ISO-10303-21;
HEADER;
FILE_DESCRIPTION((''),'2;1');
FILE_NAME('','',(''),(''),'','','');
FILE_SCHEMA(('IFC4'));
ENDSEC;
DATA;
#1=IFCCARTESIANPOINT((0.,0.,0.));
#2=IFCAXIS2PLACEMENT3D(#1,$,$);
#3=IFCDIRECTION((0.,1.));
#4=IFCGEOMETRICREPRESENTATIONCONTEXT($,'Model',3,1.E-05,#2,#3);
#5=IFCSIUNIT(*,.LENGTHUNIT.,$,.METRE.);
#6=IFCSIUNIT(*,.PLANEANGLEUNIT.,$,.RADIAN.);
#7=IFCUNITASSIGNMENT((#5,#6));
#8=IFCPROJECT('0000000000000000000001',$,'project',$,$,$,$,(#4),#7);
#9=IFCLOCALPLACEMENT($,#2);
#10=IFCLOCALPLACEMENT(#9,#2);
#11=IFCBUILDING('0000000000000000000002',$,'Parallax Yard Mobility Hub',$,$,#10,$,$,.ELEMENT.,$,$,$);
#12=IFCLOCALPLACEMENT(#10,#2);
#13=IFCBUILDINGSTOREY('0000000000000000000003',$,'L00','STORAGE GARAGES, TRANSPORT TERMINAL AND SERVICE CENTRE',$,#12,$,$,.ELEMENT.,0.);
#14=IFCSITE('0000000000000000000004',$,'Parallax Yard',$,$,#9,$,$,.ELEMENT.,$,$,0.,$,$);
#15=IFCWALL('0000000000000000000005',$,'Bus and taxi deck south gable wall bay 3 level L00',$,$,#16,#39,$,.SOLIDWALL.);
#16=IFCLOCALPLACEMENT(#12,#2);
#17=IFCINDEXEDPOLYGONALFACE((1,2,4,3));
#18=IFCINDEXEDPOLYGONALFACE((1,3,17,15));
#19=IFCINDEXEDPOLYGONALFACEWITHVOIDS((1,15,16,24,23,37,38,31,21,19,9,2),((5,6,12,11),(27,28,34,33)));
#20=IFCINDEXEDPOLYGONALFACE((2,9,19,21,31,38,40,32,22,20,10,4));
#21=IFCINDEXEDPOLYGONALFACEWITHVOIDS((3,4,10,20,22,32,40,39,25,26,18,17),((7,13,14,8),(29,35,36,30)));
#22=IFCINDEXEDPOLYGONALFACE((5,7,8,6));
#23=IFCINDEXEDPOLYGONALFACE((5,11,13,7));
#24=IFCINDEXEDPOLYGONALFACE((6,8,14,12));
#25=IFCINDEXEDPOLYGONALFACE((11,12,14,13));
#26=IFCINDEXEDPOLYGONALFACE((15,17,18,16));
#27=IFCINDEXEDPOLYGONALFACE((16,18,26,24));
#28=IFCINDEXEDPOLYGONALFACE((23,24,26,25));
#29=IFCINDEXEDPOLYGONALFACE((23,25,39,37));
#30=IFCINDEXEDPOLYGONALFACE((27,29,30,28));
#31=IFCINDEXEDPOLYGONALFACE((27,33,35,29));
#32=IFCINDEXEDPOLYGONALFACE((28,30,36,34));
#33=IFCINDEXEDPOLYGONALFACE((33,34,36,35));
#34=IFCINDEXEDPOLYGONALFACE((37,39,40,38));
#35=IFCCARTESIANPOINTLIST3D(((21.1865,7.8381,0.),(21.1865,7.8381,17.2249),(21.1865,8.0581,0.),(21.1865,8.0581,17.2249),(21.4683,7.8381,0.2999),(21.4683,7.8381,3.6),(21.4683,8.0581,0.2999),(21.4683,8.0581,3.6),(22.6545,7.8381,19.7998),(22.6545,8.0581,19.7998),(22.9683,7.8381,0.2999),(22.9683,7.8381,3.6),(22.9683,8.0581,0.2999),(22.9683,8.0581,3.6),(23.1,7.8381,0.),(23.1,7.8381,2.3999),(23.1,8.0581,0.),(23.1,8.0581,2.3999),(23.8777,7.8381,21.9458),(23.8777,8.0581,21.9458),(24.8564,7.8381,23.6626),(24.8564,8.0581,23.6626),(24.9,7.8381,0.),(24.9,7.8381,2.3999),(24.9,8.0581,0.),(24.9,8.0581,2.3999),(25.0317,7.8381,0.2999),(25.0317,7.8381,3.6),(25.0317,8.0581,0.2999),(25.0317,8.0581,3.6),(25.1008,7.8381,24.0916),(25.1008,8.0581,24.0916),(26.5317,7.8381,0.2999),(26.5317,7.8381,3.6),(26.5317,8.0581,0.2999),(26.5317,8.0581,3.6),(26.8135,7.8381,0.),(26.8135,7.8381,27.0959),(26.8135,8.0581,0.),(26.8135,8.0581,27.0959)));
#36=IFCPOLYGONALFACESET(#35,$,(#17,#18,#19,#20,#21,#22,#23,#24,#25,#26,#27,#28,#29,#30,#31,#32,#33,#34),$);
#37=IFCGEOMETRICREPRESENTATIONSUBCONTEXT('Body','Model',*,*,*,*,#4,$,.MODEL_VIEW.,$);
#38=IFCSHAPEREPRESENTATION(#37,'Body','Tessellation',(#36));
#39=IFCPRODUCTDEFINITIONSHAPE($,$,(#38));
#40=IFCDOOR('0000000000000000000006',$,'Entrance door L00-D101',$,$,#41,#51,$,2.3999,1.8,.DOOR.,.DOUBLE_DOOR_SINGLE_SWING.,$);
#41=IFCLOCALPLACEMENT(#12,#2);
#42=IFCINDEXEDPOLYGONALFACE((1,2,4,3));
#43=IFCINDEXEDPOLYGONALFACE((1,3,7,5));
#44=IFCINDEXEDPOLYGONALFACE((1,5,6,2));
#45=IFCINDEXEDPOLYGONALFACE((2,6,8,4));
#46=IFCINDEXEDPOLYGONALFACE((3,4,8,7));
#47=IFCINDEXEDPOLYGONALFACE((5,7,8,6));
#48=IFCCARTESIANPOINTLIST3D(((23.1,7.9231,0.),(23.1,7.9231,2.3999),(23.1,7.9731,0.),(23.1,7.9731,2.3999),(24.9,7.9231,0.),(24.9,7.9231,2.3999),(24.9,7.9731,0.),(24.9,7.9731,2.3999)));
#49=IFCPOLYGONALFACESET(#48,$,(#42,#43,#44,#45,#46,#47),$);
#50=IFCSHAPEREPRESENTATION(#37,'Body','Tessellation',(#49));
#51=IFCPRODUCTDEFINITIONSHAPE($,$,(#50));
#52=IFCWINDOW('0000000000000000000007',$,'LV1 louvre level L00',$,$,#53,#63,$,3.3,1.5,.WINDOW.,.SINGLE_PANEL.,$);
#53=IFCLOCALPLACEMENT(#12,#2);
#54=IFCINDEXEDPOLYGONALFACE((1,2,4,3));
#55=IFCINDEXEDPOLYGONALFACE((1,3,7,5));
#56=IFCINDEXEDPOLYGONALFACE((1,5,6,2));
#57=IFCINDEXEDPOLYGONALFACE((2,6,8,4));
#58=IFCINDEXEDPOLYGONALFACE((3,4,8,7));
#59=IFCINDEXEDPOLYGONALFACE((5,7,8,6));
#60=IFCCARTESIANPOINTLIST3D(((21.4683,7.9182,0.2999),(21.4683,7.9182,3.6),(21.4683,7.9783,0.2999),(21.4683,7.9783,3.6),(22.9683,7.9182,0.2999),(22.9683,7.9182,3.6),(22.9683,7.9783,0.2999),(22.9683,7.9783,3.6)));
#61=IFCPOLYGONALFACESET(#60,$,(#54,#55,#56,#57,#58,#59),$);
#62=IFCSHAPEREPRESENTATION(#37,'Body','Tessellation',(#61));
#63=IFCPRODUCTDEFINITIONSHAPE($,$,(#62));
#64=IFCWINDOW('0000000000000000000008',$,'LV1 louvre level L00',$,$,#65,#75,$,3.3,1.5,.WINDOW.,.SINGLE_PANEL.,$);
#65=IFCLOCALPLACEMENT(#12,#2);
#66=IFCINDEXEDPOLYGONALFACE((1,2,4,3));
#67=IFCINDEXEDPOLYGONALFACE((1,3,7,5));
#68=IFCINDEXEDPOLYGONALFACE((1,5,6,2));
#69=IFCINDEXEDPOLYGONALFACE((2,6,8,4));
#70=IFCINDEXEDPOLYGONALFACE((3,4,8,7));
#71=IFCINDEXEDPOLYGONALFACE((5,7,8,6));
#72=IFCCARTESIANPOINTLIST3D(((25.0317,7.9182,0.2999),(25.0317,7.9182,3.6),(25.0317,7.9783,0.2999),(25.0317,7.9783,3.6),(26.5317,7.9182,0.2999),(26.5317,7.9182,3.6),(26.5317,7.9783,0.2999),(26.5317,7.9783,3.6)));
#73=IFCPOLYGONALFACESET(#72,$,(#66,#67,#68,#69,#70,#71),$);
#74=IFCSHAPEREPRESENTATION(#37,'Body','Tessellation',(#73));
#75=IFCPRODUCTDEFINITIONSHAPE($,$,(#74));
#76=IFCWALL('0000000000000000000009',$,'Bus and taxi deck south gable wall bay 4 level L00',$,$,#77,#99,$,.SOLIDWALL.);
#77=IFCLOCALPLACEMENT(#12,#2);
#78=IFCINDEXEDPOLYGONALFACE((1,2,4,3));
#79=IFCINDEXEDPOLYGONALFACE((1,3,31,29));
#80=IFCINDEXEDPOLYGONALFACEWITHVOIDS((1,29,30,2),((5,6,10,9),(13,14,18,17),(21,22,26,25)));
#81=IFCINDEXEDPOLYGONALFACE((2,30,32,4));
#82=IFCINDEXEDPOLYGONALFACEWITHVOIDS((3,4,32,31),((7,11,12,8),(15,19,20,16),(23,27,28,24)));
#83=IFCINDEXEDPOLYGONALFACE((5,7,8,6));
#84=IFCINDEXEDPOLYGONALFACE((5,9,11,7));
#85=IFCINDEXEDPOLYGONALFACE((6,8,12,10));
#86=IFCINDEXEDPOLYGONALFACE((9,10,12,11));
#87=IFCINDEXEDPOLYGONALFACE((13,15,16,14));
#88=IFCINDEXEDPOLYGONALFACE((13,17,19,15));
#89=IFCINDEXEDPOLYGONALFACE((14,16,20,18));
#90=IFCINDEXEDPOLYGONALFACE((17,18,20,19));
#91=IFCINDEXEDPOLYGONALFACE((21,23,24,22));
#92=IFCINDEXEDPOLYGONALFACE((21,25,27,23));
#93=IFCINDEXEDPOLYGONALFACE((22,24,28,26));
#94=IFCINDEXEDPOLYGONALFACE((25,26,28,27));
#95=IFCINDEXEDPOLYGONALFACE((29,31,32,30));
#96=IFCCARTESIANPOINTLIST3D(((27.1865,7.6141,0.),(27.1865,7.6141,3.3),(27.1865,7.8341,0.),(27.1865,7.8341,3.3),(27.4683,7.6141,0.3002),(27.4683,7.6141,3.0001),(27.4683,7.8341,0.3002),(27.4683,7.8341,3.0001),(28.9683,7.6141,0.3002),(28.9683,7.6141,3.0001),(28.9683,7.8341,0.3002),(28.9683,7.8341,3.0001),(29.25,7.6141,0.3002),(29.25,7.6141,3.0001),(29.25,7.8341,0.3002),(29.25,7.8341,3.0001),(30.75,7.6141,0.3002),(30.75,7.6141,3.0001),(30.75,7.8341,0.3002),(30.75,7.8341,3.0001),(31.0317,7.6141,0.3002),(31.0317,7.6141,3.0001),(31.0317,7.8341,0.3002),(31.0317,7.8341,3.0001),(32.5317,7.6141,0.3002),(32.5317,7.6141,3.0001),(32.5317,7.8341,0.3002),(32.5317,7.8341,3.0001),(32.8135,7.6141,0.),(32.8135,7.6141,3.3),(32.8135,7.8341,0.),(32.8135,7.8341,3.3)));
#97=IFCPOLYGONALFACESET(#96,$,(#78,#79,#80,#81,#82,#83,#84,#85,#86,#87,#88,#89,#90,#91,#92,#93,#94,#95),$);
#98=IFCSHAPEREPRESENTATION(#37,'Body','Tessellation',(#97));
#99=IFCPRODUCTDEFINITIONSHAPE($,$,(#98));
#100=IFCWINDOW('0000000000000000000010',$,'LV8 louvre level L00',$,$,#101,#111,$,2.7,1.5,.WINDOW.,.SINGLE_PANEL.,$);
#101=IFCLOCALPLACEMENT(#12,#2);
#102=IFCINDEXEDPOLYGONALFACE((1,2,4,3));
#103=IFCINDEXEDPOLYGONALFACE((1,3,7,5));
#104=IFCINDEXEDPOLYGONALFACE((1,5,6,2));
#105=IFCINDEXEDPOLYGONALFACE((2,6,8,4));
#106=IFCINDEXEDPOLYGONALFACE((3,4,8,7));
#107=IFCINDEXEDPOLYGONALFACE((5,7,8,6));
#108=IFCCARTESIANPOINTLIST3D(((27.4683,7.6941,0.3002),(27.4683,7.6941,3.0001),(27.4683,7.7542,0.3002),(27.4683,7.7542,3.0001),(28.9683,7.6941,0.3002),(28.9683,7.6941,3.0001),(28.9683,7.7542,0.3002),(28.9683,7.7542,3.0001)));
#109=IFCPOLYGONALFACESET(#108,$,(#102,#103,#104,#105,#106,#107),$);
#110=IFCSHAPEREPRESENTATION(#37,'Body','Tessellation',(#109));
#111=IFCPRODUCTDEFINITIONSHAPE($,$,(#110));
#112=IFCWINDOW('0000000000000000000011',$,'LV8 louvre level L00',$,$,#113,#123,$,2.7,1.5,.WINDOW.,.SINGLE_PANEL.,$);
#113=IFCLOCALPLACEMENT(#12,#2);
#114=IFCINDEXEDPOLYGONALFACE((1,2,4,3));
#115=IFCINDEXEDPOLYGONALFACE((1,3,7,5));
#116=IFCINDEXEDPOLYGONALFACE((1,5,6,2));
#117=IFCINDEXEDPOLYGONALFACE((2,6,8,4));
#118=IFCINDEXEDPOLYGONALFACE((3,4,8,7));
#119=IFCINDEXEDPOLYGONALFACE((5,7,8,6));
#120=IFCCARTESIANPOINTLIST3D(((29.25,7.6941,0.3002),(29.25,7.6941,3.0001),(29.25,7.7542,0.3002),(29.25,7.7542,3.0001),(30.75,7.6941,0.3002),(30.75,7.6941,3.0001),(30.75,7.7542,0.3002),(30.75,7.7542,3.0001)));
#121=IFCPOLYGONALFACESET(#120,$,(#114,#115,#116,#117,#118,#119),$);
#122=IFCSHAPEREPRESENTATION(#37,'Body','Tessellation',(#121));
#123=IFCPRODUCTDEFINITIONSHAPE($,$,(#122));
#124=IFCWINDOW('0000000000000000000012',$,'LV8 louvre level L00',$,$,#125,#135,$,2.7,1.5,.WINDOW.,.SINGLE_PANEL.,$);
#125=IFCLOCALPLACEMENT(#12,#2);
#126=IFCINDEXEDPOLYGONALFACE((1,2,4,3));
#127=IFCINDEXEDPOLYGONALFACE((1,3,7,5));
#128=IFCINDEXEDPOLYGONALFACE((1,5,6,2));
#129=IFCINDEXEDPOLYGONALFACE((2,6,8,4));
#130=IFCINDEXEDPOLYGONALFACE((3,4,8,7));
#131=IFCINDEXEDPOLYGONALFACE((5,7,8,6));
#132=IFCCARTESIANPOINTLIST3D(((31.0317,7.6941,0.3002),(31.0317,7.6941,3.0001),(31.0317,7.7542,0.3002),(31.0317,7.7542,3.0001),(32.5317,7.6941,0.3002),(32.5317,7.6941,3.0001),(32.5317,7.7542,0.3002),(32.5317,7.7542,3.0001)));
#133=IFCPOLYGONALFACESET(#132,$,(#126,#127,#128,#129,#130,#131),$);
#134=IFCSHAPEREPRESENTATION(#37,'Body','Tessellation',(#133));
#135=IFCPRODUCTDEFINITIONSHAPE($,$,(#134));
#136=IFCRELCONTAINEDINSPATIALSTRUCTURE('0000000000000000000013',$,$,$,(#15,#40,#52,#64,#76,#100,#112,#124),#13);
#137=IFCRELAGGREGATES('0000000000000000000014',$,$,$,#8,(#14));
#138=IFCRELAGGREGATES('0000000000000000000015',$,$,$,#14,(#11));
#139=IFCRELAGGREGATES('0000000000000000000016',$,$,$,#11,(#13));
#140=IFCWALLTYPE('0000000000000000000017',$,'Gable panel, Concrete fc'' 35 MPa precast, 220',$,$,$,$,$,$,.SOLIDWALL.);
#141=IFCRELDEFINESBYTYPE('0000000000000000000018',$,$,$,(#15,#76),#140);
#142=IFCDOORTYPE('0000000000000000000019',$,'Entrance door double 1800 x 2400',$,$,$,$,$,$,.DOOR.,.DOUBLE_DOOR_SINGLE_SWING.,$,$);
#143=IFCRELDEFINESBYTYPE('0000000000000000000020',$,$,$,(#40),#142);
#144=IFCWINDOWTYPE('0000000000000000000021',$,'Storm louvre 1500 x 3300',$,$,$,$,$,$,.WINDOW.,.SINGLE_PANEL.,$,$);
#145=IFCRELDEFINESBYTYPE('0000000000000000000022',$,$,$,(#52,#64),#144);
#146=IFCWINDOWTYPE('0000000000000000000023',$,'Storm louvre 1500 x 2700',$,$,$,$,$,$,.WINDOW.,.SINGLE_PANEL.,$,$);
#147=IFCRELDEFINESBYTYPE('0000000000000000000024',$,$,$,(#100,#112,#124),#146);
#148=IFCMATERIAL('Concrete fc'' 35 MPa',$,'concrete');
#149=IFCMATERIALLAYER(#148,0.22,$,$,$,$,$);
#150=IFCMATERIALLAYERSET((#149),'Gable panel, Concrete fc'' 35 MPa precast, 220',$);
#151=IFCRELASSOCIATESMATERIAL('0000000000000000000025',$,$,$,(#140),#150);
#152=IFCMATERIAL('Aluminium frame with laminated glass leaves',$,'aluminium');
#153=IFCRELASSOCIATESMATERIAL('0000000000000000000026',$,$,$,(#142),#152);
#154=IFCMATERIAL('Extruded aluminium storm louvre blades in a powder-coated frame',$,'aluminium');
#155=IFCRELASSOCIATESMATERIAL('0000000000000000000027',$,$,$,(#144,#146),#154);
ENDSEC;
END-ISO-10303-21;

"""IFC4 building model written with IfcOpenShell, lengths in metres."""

from ifc_helpers import new_model, si_unit, direction, frame, frame_2d, origin, place, context, subcontext, project, spatial, polyline, rectangle, outline, extrude, material, layer, layer_set, type_object, element, fill, save


model = new_model("IFC4")

# Units and contexts
model_context = context("Model", 3, precision=1e-05, world=origin(), true_north=direction((0.0, 1.0)))
body_context = subcontext(model_context, "Body", "Model", "MODEL_VIEW")
ifc_project = project(units=[si_unit("LENGTHUNIT", "METRE"), si_unit("PLANEANGLEUNIT", "RADIAN")], contexts=[model_context])

# Site, building, storey
site_placement = place(None, origin())
site = spatial("IfcSite", under=ifc_project, at=site_placement, Name="Parallax Yard", CompositionType="ELEMENT", RefElevation=0.0)
building_placement = place(site_placement, origin())
building = spatial("IfcBuilding", under=site, at=building_placement, Name="Parallax Yard Mobility Hub", CompositionType="ELEMENT")
storey_placement = place(building_placement, origin())
storey = spatial("IfcBuildingStorey", under=building, at=storey_placement, Name="L00", Description="STORAGE GARAGES, TRANSPORT TERMINAL AND SERVICE CENTRE", CompositionType="ELEMENT", Elevation=0.0)

# Wall, openings, door, windows
ifc_material_1 = material(Name="Concrete fc' 35 MPa", Category="concrete")
ifc_layer = layer(ifc_material_1, 0.22)
ifc_layer_set = layer_set([ifc_layer], Name="Gable panel, Concrete fc' 35 MPa precast, 220")
wall_type = type_object("IfcWallType", Name="Gable panel, Concrete fc' 35 MPa precast, 220", PredefinedType="SOLIDWALL", material=ifc_layer_set)
wall_1_placement = place(storey_placement, frame((21.1865, 7.9482, 0.0), z_axis=(0.0, 0.0, 1.0), x_axis=(1.0, 0.0, 0.0)))
wall_1 = element("IfcWall", 1, at=wall_1_placement, inside=storey, type_object=wall_type, Name="Bus and taxi deck south gable wall bay 3 level L00", PredefinedType="SOLIDWALL", context=body_context, shape_type="SweptSolid", body=[
    extrude(outline(polyline([(0.0, 0.0), (5.627, 0.0), (5.627, 27.0959), (5.3823, 26.6667), (5.1377, 26.2375), (3.9143, 24.0916), (3.6699, 23.6626), (2.6912, 21.9458), (2.4465, 21.5166), (1.468, 19.7998), (1.2234, 19.3706), (0.2446, 17.6538), (0.0, 17.2249), (0.0, 0.0)])), frame((0.0, 0.1099, 0.0), z_axis=(0.0, -1.0, 0.0), x_axis=(1.0, 0.0, 0.0)), (0.0, 0.0, 1.0), 0.22),
])
opening_1_placement = place(wall_1_placement, frame((1.9136, 0.0, 0.0)))
opening_1 = element("IfcOpeningElement", 2, at=opening_1_placement, cuts=wall_1, PredefinedType="OPENING", context=body_context, shape_type="SweptSolid", body=[
    extrude(rectangle(XDim=1.8, YDim=2.3999, at=frame_2d((0.8999, 1.2))), frame((0.0, 0.1201, 0.0), z_axis=(0.0, -1.0, 0.0), x_axis=(1.0, 0.0, 0.0)), (0.0, 0.0, 1.0), 0.24),
])
opening_2_placement = place(wall_1_placement, frame((0.2817, 0.0, 0.3)))
opening_2 = element("IfcOpeningElement", 3, at=opening_2_placement, cuts=wall_1, PredefinedType="OPENING", context=body_context, shape_type="SweptSolid", body=[
    extrude(rectangle(XDim=1.5, YDim=3.3, at=frame_2d((0.75, 1.6499))), frame((0.0, 0.1201, 0.0), z_axis=(0.0, -1.0, 0.0), x_axis=(1.0, 0.0, 0.0)), (0.0, 0.0, 1.0), 0.24),
])
opening_3_placement = place(wall_1_placement, frame((3.8452, 0.0, 0.3)))
opening_3 = element("IfcOpeningElement", 4, at=opening_3_placement, cuts=wall_1, PredefinedType="OPENING", context=body_context, shape_type="SweptSolid", body=[
    extrude(rectangle(XDim=1.5, YDim=3.3, at=frame_2d((0.75, 1.6499))), frame((0.0, 0.1201, 0.0), z_axis=(0.0, -1.0, 0.0), x_axis=(1.0, 0.0, 0.0)), (0.0, 0.0, 1.0), 0.24),
])
ifc_material_2 = material(Name="Aluminium frame with laminated glass leaves", Category="aluminium")
door_type = type_object("IfcDoorType", Name="Entrance door double 1800 x 2400", OperationType="DOUBLE_DOOR_SINGLE_SWING", PredefinedType="DOOR", material=ifc_material_2)
door_placement = place(opening_1_placement, origin())
door = element("IfcDoor", 5, at=door_placement, inside=storey, type_object=door_type, Name="Entrance door L00-D101", OperationType="DOUBLE_DOOR_SINGLE_SWING", OverallHeight=2.3999, OverallWidth=1.8, PredefinedType="DOOR", context=body_context, shape_type="SweptSolid", body=[
    extrude(rectangle(XDim=1.8, YDim=2.3999, at=frame_2d((0.8999, 1.2))), frame((0.0, 0.0249, 0.0), z_axis=(0.0, -1.0, 0.0), x_axis=(1.0, 0.0, 0.0)), (0.0, 0.0, 1.0), 0.05),
])
fill(opening_1, door)
ifc_material_3 = material(Name="Extruded aluminium storm louvre blades in a powder-coated frame", Category="aluminium")
window_type_1 = type_object("IfcWindowType", Name="Storm louvre 1500 x 3300", PartitioningType="SINGLE_PANEL", PredefinedType="WINDOW", material=ifc_material_3)
window_1_placement = place(opening_2_placement, origin())
window_1 = element("IfcWindow", 6, at=window_1_placement, inside=storey, type_object=window_type_1, Name="LV1 louvre level L00", OverallHeight=3.3, OverallWidth=1.5, PartitioningType="SINGLE_PANEL", PredefinedType="WINDOW", context=body_context, shape_type="SweptSolid", body=[
    extrude(rectangle(XDim=1.5, YDim=3.3, at=frame_2d((0.75, 1.6499))), frame((0.0, 0.03, 0.0), z_axis=(0.0, -1.0, 0.0), x_axis=(1.0, 0.0, 0.0)), (0.0, 0.0, 1.0), 0.0601),
])
fill(opening_2, window_1)
window_2_placement = place(opening_3_placement, origin())
window_2 = element("IfcWindow", 7, at=window_2_placement, inside=storey, type_object=window_type_1, Name="LV1 louvre level L00", OverallHeight=3.3, OverallWidth=1.5, PartitioningType="SINGLE_PANEL", PredefinedType="WINDOW", context=body_context, shape_type="SweptSolid", body=[
    extrude(rectangle(XDim=1.5, YDim=3.3, at=frame_2d((0.75, 1.6499))), frame((0.0, 0.03, 0.0), z_axis=(0.0, -1.0, 0.0), x_axis=(1.0, 0.0, 0.0)), (0.0, 0.0, 1.0), 0.0601),
])
fill(opening_3, window_2)

# Wall, openings, windows
wall_2_placement = place(storey_placement, frame((27.1865, 7.7241, 0.0), z_axis=(0.0, 0.0, 1.0), x_axis=(1.0, 0.0, 0.0)))
wall_2 = element("IfcWall", 8, at=wall_2_placement, inside=storey, type_object=wall_type, Name="Bus and taxi deck south gable wall bay 4 level L00", PredefinedType="SOLIDWALL", context=body_context, shape_type="SweptSolid", body=[
    extrude(rectangle(XDim=5.627, YDim=0.22, at=frame_2d((2.8135, 0.0))), origin(), (0.0, 0.0, 1.0), 3.3),
])
opening_4_placement = place(wall_2_placement, frame((0.2817, 0.0, 0.3)))
opening_4 = element("IfcOpeningElement", 9, at=opening_4_placement, cuts=wall_2, PredefinedType="OPENING", context=body_context, shape_type="SweptSolid", body=[
    extrude(rectangle(XDim=1.5, YDim=2.7, at=frame_2d((0.75, 1.3501))), frame((0.0, 0.1201, 0.0), z_axis=(0.0, -1.0, 0.0), x_axis=(1.0, 0.0, 0.0)), (0.0, 0.0, 1.0), 0.24),
])
opening_5_placement = place(wall_2_placement, frame((2.0635, 0.0, 0.3)))
opening_5 = element("IfcOpeningElement", 10, at=opening_5_placement, cuts=wall_2, PredefinedType="OPENING", context=body_context, shape_type="SweptSolid", body=[
    extrude(rectangle(XDim=1.5, YDim=2.7, at=frame_2d((0.75, 1.3501))), frame((0.0, 0.1201, 0.0), z_axis=(0.0, -1.0, 0.0), x_axis=(1.0, 0.0, 0.0)), (0.0, 0.0, 1.0), 0.24),
])
opening_6_placement = place(wall_2_placement, frame((3.8452, 0.0, 0.3)))
opening_6 = element("IfcOpeningElement", 11, at=opening_6_placement, cuts=wall_2, PredefinedType="OPENING", context=body_context, shape_type="SweptSolid", body=[
    extrude(rectangle(XDim=1.5, YDim=2.7, at=frame_2d((0.75, 1.3501))), frame((0.0, 0.1201, 0.0), z_axis=(0.0, -1.0, 0.0), x_axis=(1.0, 0.0, 0.0)), (0.0, 0.0, 1.0), 0.24),
])
window_type_2 = type_object("IfcWindowType", Name="Storm louvre 1500 x 2700", PartitioningType="SINGLE_PANEL", PredefinedType="WINDOW", material=ifc_material_3)
window_3_placement = place(opening_4_placement, origin())
window_3 = element("IfcWindow", 12, at=window_3_placement, inside=storey, type_object=window_type_2, Name="LV8 louvre level L00", OverallHeight=2.7, OverallWidth=1.5, PartitioningType="SINGLE_PANEL", PredefinedType="WINDOW", context=body_context, shape_type="SweptSolid", body=[
    extrude(rectangle(XDim=1.5, YDim=2.7, at=frame_2d((0.75, 1.3501))), frame((0.0, 0.03, 0.0), z_axis=(0.0, -1.0, 0.0), x_axis=(1.0, 0.0, 0.0)), (0.0, 0.0, 1.0), 0.0601),
])
fill(opening_4, window_3)
window_4_placement = place(opening_5_placement, origin())
window_4 = element("IfcWindow", 13, at=window_4_placement, inside=storey, type_object=window_type_2, Name="LV8 louvre level L00", OverallHeight=2.7, OverallWidth=1.5, PartitioningType="SINGLE_PANEL", PredefinedType="WINDOW", context=body_context, shape_type="SweptSolid", body=[
    extrude(rectangle(XDim=1.5, YDim=2.7, at=frame_2d((0.75, 1.3501))), frame((0.0, 0.03, 0.0), z_axis=(0.0, -1.0, 0.0), x_axis=(1.0, 0.0, 0.0)), (0.0, 0.0, 1.0), 0.0601),
])
fill(opening_5, window_4)
window_5_placement = place(opening_6_placement, origin())
window_5 = element("IfcWindow", 14, at=window_5_placement, inside=storey, type_object=window_type_2, Name="LV8 louvre level L00", OverallHeight=2.7, OverallWidth=1.5, PartitioningType="SINGLE_PANEL", PredefinedType="WINDOW", context=body_context, shape_type="SweptSolid", body=[
    extrude(rectangle(XDim=1.5, YDim=2.7, at=frame_2d((0.75, 1.3501))), frame((0.0, 0.03, 0.0), z_axis=(0.0, -1.0, 0.0), x_axis=(1.0, 0.0, 0.0)), (0.0, 0.0, 1.0), 0.0601),
])
fill(opening_6, window_5)

save(model, "model.ifc")
